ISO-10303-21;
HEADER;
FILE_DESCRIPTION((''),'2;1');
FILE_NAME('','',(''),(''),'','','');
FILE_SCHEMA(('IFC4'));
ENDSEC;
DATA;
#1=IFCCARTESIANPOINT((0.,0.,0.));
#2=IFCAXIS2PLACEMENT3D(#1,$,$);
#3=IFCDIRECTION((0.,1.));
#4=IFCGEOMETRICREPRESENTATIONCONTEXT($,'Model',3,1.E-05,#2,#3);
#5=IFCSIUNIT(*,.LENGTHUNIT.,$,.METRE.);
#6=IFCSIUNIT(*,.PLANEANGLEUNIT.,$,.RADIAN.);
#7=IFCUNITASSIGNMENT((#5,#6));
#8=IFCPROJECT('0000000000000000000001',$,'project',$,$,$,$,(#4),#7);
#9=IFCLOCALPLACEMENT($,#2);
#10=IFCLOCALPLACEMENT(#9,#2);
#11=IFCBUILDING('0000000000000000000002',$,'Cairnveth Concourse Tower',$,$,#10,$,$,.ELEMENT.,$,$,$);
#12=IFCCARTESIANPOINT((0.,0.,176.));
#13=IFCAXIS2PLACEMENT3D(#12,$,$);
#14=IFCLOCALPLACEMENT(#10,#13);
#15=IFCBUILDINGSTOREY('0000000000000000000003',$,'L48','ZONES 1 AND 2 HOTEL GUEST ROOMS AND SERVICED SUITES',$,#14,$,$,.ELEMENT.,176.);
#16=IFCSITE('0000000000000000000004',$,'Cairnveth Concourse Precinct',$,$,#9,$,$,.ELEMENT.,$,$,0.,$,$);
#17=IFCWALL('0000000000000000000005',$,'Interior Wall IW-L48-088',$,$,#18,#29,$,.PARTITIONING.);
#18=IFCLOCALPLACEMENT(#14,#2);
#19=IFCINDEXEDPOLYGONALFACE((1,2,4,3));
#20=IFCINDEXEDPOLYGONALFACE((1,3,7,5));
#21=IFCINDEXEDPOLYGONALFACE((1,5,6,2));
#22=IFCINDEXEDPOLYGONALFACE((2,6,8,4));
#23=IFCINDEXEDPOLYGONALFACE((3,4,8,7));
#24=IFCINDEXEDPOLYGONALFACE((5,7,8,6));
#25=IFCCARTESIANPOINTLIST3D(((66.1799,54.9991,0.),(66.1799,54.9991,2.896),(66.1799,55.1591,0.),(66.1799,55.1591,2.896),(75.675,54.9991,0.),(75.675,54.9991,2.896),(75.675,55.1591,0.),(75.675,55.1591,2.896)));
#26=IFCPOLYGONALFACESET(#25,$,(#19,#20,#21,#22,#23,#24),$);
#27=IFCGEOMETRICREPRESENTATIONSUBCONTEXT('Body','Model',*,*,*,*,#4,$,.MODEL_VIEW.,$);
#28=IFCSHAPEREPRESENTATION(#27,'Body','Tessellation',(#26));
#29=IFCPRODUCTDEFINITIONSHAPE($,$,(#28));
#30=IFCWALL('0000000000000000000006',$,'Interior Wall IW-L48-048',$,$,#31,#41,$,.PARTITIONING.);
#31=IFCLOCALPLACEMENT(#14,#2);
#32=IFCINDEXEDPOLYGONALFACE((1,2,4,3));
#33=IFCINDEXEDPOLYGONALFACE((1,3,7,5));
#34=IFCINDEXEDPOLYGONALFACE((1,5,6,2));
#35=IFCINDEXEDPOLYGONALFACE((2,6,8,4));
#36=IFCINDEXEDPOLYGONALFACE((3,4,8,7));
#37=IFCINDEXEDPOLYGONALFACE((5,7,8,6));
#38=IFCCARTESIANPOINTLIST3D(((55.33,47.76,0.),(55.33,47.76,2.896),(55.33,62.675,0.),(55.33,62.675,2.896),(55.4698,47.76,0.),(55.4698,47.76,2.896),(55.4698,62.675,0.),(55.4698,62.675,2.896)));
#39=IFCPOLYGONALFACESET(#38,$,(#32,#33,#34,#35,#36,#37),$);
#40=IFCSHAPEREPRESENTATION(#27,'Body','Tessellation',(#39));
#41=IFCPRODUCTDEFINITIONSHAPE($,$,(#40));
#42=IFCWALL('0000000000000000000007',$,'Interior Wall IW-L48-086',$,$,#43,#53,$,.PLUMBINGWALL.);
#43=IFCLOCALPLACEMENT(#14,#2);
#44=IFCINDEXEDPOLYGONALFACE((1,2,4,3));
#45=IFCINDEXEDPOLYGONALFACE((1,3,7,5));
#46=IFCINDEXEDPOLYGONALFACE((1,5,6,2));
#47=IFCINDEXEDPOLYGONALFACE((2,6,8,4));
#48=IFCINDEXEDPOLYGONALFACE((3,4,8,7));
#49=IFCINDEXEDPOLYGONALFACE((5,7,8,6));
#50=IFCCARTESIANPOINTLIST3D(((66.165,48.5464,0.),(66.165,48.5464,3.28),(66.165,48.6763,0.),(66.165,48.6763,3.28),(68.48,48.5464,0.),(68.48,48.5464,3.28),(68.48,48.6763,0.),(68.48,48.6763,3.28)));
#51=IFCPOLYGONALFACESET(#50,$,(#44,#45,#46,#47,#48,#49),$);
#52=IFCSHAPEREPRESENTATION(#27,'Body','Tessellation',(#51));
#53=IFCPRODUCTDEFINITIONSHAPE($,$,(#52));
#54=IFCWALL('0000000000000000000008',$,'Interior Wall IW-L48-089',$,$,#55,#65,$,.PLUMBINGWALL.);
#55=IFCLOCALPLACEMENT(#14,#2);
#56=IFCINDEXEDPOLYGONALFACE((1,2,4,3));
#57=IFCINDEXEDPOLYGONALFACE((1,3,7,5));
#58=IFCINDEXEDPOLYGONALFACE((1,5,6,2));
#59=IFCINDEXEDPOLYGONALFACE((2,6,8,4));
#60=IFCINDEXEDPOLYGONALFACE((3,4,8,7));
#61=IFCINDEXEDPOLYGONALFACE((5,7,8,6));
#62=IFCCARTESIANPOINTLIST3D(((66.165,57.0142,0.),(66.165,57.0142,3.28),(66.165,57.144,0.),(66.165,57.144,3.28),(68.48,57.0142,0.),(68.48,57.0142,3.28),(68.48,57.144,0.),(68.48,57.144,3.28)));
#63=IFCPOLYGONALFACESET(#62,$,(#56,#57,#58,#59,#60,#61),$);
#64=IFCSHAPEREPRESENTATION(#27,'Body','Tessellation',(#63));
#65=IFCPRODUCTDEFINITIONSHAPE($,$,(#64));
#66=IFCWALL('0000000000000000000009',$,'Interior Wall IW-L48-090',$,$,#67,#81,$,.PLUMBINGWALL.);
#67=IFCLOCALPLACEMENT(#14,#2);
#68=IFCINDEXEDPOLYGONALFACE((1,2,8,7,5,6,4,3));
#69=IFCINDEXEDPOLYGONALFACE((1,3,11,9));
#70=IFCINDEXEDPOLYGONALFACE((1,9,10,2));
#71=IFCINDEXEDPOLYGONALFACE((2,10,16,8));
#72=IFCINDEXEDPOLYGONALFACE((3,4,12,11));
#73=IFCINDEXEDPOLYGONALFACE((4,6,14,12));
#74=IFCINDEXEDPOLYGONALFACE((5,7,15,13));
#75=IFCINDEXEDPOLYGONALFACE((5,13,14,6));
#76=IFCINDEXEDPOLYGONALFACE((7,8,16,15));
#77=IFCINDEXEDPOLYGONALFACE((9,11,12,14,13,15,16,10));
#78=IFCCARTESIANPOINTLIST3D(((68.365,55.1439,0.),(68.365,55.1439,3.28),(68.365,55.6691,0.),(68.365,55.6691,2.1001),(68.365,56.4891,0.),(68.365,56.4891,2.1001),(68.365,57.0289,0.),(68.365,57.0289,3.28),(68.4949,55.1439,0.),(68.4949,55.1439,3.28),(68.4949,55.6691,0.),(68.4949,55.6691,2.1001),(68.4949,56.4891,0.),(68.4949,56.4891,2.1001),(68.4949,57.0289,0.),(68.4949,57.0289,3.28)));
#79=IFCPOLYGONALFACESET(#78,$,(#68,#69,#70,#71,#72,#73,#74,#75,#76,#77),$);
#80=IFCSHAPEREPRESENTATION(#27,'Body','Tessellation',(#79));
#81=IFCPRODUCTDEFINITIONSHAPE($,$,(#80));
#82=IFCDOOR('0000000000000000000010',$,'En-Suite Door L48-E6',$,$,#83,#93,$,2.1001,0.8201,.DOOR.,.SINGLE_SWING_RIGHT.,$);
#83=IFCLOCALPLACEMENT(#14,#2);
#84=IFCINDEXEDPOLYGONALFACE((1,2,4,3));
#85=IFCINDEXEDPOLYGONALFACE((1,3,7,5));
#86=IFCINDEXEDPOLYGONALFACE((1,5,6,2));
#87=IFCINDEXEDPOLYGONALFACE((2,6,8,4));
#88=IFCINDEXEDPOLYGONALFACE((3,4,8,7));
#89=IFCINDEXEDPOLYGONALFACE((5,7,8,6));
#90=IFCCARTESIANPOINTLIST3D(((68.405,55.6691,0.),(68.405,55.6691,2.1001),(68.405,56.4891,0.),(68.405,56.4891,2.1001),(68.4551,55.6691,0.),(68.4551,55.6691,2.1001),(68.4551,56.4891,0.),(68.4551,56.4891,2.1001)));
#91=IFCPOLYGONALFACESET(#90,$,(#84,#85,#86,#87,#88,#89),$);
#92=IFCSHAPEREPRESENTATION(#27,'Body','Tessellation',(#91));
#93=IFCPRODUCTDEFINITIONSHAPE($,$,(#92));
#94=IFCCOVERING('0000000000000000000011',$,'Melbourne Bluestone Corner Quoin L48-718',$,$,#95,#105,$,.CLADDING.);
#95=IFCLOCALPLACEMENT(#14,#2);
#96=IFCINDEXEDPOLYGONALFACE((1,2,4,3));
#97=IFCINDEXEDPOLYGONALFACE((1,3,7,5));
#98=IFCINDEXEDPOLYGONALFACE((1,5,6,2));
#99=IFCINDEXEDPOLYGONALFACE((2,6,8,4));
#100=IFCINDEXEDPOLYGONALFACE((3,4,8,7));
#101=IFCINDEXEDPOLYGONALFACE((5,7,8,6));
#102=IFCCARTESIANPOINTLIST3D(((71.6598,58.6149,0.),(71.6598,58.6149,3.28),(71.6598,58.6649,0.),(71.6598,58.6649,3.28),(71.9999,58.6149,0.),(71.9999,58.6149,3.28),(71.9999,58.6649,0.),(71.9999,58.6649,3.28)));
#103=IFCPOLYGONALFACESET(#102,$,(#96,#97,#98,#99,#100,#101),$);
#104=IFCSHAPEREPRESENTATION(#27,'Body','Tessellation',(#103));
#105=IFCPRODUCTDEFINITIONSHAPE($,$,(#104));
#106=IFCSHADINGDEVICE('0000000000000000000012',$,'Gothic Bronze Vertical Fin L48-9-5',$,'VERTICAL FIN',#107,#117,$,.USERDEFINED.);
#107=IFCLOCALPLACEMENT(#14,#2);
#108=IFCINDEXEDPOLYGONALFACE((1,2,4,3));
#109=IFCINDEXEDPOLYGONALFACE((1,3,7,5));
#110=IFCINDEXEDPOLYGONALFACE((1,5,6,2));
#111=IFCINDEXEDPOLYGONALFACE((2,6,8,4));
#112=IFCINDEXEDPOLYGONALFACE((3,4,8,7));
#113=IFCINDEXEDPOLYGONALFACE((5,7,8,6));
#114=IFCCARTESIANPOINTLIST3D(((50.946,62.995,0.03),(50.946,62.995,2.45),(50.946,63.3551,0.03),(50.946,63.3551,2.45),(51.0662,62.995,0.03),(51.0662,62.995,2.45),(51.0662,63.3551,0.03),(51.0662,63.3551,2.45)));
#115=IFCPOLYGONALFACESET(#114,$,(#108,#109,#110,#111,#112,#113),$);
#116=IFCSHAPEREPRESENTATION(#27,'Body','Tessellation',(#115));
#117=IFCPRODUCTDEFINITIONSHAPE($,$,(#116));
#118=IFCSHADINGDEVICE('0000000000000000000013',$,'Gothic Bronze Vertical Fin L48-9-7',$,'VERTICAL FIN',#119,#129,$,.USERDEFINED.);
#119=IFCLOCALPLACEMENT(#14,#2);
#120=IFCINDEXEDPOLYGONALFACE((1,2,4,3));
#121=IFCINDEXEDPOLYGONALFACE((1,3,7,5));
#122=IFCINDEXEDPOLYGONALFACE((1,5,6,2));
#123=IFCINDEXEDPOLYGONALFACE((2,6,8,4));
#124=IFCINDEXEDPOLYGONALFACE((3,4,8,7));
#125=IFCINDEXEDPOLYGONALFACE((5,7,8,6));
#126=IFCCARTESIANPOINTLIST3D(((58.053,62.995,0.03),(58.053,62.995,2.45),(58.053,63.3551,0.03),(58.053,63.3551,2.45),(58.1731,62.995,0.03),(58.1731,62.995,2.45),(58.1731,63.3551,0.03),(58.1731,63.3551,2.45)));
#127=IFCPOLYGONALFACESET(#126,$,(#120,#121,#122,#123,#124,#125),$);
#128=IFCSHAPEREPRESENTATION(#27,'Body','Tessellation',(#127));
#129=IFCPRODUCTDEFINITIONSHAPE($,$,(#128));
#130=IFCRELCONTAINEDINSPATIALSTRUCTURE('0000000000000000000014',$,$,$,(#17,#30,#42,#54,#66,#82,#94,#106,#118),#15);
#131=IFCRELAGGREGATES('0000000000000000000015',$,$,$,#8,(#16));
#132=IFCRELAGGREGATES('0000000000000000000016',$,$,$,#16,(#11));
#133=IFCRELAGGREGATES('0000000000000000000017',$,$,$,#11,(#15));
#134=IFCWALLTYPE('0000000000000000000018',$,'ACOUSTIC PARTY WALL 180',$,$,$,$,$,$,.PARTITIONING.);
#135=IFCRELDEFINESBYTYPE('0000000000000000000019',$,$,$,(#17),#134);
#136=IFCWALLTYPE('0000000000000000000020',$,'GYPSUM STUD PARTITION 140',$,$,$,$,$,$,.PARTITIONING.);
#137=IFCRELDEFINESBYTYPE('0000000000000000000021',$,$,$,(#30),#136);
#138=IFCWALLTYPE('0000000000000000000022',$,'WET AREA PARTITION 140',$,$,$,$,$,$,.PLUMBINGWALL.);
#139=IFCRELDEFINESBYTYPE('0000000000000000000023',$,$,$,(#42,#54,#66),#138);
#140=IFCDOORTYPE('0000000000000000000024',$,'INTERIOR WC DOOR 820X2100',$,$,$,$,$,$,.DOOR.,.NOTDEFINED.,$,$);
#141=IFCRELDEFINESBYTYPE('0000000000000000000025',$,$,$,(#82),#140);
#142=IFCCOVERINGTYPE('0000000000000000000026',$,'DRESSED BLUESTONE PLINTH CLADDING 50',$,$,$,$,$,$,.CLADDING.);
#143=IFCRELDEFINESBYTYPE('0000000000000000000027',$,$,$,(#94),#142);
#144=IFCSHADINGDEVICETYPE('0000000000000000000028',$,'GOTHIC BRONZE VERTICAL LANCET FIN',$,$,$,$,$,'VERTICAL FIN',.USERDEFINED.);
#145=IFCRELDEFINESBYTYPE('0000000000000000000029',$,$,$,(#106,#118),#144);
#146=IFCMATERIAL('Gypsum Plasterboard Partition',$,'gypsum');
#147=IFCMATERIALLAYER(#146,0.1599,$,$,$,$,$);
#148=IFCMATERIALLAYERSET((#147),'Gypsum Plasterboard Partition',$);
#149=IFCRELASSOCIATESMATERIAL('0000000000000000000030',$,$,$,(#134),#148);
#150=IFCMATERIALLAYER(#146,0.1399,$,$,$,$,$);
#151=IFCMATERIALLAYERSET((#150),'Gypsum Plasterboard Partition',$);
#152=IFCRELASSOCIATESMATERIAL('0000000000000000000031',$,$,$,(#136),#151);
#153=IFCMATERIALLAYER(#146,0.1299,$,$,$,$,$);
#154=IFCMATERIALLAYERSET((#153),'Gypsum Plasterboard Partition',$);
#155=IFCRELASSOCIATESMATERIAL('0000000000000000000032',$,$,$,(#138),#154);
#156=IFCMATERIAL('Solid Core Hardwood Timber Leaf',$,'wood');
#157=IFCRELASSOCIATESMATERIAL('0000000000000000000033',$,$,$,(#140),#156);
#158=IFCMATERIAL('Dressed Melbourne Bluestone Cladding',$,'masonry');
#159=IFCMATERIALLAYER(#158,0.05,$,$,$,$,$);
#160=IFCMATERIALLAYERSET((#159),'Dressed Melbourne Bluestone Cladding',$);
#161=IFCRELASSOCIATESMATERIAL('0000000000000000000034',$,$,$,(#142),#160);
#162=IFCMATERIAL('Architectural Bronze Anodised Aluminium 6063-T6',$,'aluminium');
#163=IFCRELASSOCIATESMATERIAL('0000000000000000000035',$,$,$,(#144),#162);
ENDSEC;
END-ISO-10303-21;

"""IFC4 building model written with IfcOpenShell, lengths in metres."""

from ifc_helpers import new_model, si_unit, direction, frame, frame_2d, origin, origin_2d, place, context, subcontext, project, spatial, rectangle, extrude, material, layer, layer_set, type_object, element, fill, save


model = new_model("IFC4")

# Units and contexts
model_context = context("Model", 3, precision=1e-05, world=origin(), true_north=direction((0.0, 1.0)))
body_context = subcontext(model_context, "Body", "Model", "MODEL_VIEW")
ifc_project = project(units=[si_unit("LENGTHUNIT", "METRE"), si_unit("PLANEANGLEUNIT", "RADIAN")], contexts=[model_context])

# Site, building, storey
site_placement = place(None, origin())
site = spatial("IfcSite", under=ifc_project, at=site_placement, Name="Cairnveth Concourse Precinct", CompositionType="ELEMENT", RefElevation=0.0)
building_placement = place(site_placement, origin())
building = spatial("IfcBuilding", under=site, at=building_placement, Name="Cairnveth Concourse Tower", CompositionType="ELEMENT")
storey_placement = place(building_placement, frame((0.0, 0.0, 176.0)))
storey = spatial("IfcBuildingStorey", under=building, at=storey_placement, Name="L48", Description="ZONES 1 AND 2 HOTEL GUEST ROOMS AND SERVICED SUITES", CompositionType="ELEMENT", Elevation=176.0)

# Shared definitions
ifc_material_1 = material(Name="Gypsum Plasterboard Partition", Category="gypsum")
ifc_layer_1 = layer(ifc_material_1, 0.1599)
ifc_layer_set_1 = layer_set([ifc_layer_1], Name="Gypsum Plasterboard Partition")
wall_type_1 = type_object("IfcWallType", Name="ACOUSTIC PARTY WALL 180", PredefinedType="PARTITIONING", material=ifc_layer_set_1)
ifc_material_2 = material(Name="Solid Core Hardwood Timber Leaf", Category="wood")

# Walls
wall_1_placement = place(storey_placement, frame((66.1799, 55.0791, 0.0), z_axis=(0.0, 0.0, 1.0), x_axis=(1.0, 0.0, 0.0)))
element("IfcWall", 1, at=wall_1_placement, inside=storey, type_object=wall_type_1, Name="Interior Wall IW-L48-088", PredefinedType="PARTITIONING", context=body_context, shape_type="SweptSolid", body=[
    extrude(rectangle(XDim=9.4951, YDim=0.1599, at=frame_2d((4.7476, 0.0))), origin(), (0.0, 0.0, 1.0), 2.896),
])
ifc_layer_2 = layer(ifc_material_1, 0.1399)
ifc_layer_set_2 = layer_set([ifc_layer_2], Name="Gypsum Plasterboard Partition")
wall_type_2 = type_object("IfcWallType", Name="GYPSUM STUD PARTITION 140", PredefinedType="PARTITIONING", material=ifc_layer_set_2)
wall_2_placement = place(storey_placement, frame((55.3999, 47.76, 0.0), z_axis=(0.0, 0.0, 1.0), x_axis=(0.0, 1.0, 0.0)))
element("IfcWall", 2, at=wall_2_placement, inside=storey, type_object=wall_type_2, Name="Interior Wall IW-L48-048", PredefinedType="PARTITIONING", context=body_context, shape_type="SweptSolid", body=[
    extrude(rectangle(XDim=14.915, YDim=0.1399, at=frame_2d((7.4575, 0.0))), origin(), (0.0, 0.0, 1.0), 2.896),
])
ifc_layer_3 = layer(ifc_material_1, 0.1299)
ifc_layer_set_3 = layer_set([ifc_layer_3], Name="Gypsum Plasterboard Partition")
wall_type_3 = type_object("IfcWallType", Name="WET AREA PARTITION 140", PredefinedType="PLUMBINGWALL", material=ifc_layer_set_3)
for number, where, z_axis, x_axis, name in (
    (3, (66.165, 48.6113, 0.0), (0.0, 0.0, 1.0), (1.0, 0.0, 0.0), "Interior Wall IW-L48-086"),
    (4, (66.165, 57.0791, 0.0), (0.0, 0.0, 1.0), (1.0, 0.0, 0.0), "Interior Wall IW-L48-089"),
):
    element("IfcWall", number, at=place(storey_placement, frame(where, z_axis=z_axis, x_axis=x_axis)), inside=storey, type_object=wall_type_3, Name=name, PredefinedType="PLUMBINGWALL", context=body_context, shape_type="SweptSolid", body=[
        extrude(rectangle(XDim=2.3149, YDim=0.1299, at=frame_2d((1.1575, 0.0))), origin(), (0.0, 0.0, 1.0), 3.28),
    ])

# Wall, opening, door
wall_3_placement = place(storey_placement, frame((68.4299, 55.144, 0.0), z_axis=(0.0, 0.0, 1.0), x_axis=(0.0, 1.0, 0.0)))
wall_3 = element("IfcWall", 5, at=wall_3_placement, inside=storey, type_object=wall_type_3, Name="Interior Wall IW-L48-090", PredefinedType="PLUMBINGWALL", context=body_context, shape_type="SweptSolid", body=[
    extrude(rectangle(XDim=1.885, YDim=0.1299, at=frame_2d((0.9424, 0.0))), origin(), (0.0, 0.0, 1.0), 3.28),
])
opening_1_placement = place(wall_3_placement, frame((0.5249, 0.0, 0.0)))
opening_1 = element("IfcOpeningElement", 6, at=opening_1_placement, cuts=wall_3, PredefinedType="OPENING", context=body_context, shape_type="SweptSolid", body=[
    extrude(rectangle(XDim=0.8201, YDim=2.1001, at=frame_2d((0.4102, 1.05))), frame((0.0, 0.075, 0.0), z_axis=(0.0, -1.0, 0.0), x_axis=(1.0, 0.0, 0.0)), (0.0, 0.0, 1.0), 0.1499),
])
door_type_1 = type_object("IfcDoorType", Name="INTERIOR WC DOOR 820X2100", OperationType="NOTDEFINED", PredefinedType="DOOR", material=ifc_material_2)
door_1_placement = place(opening_1_placement, origin())
door_1 = element("IfcDoor", 7, at=door_1_placement, inside=storey, type_object=door_type_1, Name="En-Suite Door L48-E6", OperationType="SINGLE_SWING_RIGHT", OverallHeight=2.1001, OverallWidth=0.8201, PredefinedType="DOOR", context=body_context, shape_type="SweptSolid", body=[
    extrude(rectangle(XDim=0.8201, YDim=2.1001, at=frame_2d((0.4102, 1.05))), frame((0.0, 0.0249, 0.0), z_axis=(0.0, -1.0, 0.0), x_axis=(1.0, 0.0, 0.0)), (0.0, 0.0, 1.0), 0.05),
])
fill(opening_1, door_1)

# Covering
ifc_material_3 = material(Name="Dressed Melbourne Bluestone Cladding", Category="masonry")
ifc_layer_4 = layer(ifc_material_3, 0.05)
ifc_layer_set_4 = layer_set([ifc_layer_4], Name="Dressed Melbourne Bluestone Cladding")
covering_type = type_object("IfcCoveringType", Name="DRESSED BLUESTONE PLINTH CLADDING 50", PredefinedType="CLADDING", material=ifc_layer_set_4)
covering_placement = place(storey_placement, frame((71.6599, 58.6399, 0.0), z_axis=(0.0, 0.0, 1.0), x_axis=(1.0, 0.0, 0.0)))
element("IfcCovering", 8, at=covering_placement, inside=storey, type_object=covering_type, Name="Melbourne Bluestone Corner Quoin L48-718", PredefinedType="CLADDING", context=body_context, shape_type="SweptSolid", body=[
    extrude(rectangle(XDim=0.3401, YDim=0.05, at=frame_2d((0.1699, 0.0))), origin(), (0.0, 0.0, 1.0), 3.28),
])

# Shading devices
ifc_material_4 = material(Name="Architectural Bronze Anodised Aluminium 6063-T6", Category="aluminium")
shading_device_type = type_object("IfcShadingDeviceType", Name="GOTHIC BRONZE VERTICAL LANCET FIN", ElementType="VERTICAL FIN", PredefinedType="USERDEFINED", material=ifc_material_4)
for number, where, z_axis, x_axis, name in (
    (9, (51.0061, 63.175, 0.03), (0.0, 0.0, 1.0), (1.0, 0.0, 0.0), "Gothic Bronze Vertical Fin L48-9-5"),
    (10, (58.113, 63.175, 0.03), (0.0, 0.0, 1.0), (1.0, 0.0, 0.0), "Gothic Bronze Vertical Fin L48-9-7"),
):
    element("IfcShadingDevice", number, at=place(storey_placement, frame(where, z_axis=z_axis, x_axis=x_axis)), inside=storey, type_object=shading_device_type, Name=name, ObjectType="VERTICAL FIN", PredefinedType="USERDEFINED", context=body_context, shape_type="SweptSolid", body=[
        extrude(rectangle(XDim=0.1201, YDim=0.3601, at=origin_2d()), origin(), (0.0, 0.0, 1.0), 2.4199),
    ])

save(model, "model.ifc")
